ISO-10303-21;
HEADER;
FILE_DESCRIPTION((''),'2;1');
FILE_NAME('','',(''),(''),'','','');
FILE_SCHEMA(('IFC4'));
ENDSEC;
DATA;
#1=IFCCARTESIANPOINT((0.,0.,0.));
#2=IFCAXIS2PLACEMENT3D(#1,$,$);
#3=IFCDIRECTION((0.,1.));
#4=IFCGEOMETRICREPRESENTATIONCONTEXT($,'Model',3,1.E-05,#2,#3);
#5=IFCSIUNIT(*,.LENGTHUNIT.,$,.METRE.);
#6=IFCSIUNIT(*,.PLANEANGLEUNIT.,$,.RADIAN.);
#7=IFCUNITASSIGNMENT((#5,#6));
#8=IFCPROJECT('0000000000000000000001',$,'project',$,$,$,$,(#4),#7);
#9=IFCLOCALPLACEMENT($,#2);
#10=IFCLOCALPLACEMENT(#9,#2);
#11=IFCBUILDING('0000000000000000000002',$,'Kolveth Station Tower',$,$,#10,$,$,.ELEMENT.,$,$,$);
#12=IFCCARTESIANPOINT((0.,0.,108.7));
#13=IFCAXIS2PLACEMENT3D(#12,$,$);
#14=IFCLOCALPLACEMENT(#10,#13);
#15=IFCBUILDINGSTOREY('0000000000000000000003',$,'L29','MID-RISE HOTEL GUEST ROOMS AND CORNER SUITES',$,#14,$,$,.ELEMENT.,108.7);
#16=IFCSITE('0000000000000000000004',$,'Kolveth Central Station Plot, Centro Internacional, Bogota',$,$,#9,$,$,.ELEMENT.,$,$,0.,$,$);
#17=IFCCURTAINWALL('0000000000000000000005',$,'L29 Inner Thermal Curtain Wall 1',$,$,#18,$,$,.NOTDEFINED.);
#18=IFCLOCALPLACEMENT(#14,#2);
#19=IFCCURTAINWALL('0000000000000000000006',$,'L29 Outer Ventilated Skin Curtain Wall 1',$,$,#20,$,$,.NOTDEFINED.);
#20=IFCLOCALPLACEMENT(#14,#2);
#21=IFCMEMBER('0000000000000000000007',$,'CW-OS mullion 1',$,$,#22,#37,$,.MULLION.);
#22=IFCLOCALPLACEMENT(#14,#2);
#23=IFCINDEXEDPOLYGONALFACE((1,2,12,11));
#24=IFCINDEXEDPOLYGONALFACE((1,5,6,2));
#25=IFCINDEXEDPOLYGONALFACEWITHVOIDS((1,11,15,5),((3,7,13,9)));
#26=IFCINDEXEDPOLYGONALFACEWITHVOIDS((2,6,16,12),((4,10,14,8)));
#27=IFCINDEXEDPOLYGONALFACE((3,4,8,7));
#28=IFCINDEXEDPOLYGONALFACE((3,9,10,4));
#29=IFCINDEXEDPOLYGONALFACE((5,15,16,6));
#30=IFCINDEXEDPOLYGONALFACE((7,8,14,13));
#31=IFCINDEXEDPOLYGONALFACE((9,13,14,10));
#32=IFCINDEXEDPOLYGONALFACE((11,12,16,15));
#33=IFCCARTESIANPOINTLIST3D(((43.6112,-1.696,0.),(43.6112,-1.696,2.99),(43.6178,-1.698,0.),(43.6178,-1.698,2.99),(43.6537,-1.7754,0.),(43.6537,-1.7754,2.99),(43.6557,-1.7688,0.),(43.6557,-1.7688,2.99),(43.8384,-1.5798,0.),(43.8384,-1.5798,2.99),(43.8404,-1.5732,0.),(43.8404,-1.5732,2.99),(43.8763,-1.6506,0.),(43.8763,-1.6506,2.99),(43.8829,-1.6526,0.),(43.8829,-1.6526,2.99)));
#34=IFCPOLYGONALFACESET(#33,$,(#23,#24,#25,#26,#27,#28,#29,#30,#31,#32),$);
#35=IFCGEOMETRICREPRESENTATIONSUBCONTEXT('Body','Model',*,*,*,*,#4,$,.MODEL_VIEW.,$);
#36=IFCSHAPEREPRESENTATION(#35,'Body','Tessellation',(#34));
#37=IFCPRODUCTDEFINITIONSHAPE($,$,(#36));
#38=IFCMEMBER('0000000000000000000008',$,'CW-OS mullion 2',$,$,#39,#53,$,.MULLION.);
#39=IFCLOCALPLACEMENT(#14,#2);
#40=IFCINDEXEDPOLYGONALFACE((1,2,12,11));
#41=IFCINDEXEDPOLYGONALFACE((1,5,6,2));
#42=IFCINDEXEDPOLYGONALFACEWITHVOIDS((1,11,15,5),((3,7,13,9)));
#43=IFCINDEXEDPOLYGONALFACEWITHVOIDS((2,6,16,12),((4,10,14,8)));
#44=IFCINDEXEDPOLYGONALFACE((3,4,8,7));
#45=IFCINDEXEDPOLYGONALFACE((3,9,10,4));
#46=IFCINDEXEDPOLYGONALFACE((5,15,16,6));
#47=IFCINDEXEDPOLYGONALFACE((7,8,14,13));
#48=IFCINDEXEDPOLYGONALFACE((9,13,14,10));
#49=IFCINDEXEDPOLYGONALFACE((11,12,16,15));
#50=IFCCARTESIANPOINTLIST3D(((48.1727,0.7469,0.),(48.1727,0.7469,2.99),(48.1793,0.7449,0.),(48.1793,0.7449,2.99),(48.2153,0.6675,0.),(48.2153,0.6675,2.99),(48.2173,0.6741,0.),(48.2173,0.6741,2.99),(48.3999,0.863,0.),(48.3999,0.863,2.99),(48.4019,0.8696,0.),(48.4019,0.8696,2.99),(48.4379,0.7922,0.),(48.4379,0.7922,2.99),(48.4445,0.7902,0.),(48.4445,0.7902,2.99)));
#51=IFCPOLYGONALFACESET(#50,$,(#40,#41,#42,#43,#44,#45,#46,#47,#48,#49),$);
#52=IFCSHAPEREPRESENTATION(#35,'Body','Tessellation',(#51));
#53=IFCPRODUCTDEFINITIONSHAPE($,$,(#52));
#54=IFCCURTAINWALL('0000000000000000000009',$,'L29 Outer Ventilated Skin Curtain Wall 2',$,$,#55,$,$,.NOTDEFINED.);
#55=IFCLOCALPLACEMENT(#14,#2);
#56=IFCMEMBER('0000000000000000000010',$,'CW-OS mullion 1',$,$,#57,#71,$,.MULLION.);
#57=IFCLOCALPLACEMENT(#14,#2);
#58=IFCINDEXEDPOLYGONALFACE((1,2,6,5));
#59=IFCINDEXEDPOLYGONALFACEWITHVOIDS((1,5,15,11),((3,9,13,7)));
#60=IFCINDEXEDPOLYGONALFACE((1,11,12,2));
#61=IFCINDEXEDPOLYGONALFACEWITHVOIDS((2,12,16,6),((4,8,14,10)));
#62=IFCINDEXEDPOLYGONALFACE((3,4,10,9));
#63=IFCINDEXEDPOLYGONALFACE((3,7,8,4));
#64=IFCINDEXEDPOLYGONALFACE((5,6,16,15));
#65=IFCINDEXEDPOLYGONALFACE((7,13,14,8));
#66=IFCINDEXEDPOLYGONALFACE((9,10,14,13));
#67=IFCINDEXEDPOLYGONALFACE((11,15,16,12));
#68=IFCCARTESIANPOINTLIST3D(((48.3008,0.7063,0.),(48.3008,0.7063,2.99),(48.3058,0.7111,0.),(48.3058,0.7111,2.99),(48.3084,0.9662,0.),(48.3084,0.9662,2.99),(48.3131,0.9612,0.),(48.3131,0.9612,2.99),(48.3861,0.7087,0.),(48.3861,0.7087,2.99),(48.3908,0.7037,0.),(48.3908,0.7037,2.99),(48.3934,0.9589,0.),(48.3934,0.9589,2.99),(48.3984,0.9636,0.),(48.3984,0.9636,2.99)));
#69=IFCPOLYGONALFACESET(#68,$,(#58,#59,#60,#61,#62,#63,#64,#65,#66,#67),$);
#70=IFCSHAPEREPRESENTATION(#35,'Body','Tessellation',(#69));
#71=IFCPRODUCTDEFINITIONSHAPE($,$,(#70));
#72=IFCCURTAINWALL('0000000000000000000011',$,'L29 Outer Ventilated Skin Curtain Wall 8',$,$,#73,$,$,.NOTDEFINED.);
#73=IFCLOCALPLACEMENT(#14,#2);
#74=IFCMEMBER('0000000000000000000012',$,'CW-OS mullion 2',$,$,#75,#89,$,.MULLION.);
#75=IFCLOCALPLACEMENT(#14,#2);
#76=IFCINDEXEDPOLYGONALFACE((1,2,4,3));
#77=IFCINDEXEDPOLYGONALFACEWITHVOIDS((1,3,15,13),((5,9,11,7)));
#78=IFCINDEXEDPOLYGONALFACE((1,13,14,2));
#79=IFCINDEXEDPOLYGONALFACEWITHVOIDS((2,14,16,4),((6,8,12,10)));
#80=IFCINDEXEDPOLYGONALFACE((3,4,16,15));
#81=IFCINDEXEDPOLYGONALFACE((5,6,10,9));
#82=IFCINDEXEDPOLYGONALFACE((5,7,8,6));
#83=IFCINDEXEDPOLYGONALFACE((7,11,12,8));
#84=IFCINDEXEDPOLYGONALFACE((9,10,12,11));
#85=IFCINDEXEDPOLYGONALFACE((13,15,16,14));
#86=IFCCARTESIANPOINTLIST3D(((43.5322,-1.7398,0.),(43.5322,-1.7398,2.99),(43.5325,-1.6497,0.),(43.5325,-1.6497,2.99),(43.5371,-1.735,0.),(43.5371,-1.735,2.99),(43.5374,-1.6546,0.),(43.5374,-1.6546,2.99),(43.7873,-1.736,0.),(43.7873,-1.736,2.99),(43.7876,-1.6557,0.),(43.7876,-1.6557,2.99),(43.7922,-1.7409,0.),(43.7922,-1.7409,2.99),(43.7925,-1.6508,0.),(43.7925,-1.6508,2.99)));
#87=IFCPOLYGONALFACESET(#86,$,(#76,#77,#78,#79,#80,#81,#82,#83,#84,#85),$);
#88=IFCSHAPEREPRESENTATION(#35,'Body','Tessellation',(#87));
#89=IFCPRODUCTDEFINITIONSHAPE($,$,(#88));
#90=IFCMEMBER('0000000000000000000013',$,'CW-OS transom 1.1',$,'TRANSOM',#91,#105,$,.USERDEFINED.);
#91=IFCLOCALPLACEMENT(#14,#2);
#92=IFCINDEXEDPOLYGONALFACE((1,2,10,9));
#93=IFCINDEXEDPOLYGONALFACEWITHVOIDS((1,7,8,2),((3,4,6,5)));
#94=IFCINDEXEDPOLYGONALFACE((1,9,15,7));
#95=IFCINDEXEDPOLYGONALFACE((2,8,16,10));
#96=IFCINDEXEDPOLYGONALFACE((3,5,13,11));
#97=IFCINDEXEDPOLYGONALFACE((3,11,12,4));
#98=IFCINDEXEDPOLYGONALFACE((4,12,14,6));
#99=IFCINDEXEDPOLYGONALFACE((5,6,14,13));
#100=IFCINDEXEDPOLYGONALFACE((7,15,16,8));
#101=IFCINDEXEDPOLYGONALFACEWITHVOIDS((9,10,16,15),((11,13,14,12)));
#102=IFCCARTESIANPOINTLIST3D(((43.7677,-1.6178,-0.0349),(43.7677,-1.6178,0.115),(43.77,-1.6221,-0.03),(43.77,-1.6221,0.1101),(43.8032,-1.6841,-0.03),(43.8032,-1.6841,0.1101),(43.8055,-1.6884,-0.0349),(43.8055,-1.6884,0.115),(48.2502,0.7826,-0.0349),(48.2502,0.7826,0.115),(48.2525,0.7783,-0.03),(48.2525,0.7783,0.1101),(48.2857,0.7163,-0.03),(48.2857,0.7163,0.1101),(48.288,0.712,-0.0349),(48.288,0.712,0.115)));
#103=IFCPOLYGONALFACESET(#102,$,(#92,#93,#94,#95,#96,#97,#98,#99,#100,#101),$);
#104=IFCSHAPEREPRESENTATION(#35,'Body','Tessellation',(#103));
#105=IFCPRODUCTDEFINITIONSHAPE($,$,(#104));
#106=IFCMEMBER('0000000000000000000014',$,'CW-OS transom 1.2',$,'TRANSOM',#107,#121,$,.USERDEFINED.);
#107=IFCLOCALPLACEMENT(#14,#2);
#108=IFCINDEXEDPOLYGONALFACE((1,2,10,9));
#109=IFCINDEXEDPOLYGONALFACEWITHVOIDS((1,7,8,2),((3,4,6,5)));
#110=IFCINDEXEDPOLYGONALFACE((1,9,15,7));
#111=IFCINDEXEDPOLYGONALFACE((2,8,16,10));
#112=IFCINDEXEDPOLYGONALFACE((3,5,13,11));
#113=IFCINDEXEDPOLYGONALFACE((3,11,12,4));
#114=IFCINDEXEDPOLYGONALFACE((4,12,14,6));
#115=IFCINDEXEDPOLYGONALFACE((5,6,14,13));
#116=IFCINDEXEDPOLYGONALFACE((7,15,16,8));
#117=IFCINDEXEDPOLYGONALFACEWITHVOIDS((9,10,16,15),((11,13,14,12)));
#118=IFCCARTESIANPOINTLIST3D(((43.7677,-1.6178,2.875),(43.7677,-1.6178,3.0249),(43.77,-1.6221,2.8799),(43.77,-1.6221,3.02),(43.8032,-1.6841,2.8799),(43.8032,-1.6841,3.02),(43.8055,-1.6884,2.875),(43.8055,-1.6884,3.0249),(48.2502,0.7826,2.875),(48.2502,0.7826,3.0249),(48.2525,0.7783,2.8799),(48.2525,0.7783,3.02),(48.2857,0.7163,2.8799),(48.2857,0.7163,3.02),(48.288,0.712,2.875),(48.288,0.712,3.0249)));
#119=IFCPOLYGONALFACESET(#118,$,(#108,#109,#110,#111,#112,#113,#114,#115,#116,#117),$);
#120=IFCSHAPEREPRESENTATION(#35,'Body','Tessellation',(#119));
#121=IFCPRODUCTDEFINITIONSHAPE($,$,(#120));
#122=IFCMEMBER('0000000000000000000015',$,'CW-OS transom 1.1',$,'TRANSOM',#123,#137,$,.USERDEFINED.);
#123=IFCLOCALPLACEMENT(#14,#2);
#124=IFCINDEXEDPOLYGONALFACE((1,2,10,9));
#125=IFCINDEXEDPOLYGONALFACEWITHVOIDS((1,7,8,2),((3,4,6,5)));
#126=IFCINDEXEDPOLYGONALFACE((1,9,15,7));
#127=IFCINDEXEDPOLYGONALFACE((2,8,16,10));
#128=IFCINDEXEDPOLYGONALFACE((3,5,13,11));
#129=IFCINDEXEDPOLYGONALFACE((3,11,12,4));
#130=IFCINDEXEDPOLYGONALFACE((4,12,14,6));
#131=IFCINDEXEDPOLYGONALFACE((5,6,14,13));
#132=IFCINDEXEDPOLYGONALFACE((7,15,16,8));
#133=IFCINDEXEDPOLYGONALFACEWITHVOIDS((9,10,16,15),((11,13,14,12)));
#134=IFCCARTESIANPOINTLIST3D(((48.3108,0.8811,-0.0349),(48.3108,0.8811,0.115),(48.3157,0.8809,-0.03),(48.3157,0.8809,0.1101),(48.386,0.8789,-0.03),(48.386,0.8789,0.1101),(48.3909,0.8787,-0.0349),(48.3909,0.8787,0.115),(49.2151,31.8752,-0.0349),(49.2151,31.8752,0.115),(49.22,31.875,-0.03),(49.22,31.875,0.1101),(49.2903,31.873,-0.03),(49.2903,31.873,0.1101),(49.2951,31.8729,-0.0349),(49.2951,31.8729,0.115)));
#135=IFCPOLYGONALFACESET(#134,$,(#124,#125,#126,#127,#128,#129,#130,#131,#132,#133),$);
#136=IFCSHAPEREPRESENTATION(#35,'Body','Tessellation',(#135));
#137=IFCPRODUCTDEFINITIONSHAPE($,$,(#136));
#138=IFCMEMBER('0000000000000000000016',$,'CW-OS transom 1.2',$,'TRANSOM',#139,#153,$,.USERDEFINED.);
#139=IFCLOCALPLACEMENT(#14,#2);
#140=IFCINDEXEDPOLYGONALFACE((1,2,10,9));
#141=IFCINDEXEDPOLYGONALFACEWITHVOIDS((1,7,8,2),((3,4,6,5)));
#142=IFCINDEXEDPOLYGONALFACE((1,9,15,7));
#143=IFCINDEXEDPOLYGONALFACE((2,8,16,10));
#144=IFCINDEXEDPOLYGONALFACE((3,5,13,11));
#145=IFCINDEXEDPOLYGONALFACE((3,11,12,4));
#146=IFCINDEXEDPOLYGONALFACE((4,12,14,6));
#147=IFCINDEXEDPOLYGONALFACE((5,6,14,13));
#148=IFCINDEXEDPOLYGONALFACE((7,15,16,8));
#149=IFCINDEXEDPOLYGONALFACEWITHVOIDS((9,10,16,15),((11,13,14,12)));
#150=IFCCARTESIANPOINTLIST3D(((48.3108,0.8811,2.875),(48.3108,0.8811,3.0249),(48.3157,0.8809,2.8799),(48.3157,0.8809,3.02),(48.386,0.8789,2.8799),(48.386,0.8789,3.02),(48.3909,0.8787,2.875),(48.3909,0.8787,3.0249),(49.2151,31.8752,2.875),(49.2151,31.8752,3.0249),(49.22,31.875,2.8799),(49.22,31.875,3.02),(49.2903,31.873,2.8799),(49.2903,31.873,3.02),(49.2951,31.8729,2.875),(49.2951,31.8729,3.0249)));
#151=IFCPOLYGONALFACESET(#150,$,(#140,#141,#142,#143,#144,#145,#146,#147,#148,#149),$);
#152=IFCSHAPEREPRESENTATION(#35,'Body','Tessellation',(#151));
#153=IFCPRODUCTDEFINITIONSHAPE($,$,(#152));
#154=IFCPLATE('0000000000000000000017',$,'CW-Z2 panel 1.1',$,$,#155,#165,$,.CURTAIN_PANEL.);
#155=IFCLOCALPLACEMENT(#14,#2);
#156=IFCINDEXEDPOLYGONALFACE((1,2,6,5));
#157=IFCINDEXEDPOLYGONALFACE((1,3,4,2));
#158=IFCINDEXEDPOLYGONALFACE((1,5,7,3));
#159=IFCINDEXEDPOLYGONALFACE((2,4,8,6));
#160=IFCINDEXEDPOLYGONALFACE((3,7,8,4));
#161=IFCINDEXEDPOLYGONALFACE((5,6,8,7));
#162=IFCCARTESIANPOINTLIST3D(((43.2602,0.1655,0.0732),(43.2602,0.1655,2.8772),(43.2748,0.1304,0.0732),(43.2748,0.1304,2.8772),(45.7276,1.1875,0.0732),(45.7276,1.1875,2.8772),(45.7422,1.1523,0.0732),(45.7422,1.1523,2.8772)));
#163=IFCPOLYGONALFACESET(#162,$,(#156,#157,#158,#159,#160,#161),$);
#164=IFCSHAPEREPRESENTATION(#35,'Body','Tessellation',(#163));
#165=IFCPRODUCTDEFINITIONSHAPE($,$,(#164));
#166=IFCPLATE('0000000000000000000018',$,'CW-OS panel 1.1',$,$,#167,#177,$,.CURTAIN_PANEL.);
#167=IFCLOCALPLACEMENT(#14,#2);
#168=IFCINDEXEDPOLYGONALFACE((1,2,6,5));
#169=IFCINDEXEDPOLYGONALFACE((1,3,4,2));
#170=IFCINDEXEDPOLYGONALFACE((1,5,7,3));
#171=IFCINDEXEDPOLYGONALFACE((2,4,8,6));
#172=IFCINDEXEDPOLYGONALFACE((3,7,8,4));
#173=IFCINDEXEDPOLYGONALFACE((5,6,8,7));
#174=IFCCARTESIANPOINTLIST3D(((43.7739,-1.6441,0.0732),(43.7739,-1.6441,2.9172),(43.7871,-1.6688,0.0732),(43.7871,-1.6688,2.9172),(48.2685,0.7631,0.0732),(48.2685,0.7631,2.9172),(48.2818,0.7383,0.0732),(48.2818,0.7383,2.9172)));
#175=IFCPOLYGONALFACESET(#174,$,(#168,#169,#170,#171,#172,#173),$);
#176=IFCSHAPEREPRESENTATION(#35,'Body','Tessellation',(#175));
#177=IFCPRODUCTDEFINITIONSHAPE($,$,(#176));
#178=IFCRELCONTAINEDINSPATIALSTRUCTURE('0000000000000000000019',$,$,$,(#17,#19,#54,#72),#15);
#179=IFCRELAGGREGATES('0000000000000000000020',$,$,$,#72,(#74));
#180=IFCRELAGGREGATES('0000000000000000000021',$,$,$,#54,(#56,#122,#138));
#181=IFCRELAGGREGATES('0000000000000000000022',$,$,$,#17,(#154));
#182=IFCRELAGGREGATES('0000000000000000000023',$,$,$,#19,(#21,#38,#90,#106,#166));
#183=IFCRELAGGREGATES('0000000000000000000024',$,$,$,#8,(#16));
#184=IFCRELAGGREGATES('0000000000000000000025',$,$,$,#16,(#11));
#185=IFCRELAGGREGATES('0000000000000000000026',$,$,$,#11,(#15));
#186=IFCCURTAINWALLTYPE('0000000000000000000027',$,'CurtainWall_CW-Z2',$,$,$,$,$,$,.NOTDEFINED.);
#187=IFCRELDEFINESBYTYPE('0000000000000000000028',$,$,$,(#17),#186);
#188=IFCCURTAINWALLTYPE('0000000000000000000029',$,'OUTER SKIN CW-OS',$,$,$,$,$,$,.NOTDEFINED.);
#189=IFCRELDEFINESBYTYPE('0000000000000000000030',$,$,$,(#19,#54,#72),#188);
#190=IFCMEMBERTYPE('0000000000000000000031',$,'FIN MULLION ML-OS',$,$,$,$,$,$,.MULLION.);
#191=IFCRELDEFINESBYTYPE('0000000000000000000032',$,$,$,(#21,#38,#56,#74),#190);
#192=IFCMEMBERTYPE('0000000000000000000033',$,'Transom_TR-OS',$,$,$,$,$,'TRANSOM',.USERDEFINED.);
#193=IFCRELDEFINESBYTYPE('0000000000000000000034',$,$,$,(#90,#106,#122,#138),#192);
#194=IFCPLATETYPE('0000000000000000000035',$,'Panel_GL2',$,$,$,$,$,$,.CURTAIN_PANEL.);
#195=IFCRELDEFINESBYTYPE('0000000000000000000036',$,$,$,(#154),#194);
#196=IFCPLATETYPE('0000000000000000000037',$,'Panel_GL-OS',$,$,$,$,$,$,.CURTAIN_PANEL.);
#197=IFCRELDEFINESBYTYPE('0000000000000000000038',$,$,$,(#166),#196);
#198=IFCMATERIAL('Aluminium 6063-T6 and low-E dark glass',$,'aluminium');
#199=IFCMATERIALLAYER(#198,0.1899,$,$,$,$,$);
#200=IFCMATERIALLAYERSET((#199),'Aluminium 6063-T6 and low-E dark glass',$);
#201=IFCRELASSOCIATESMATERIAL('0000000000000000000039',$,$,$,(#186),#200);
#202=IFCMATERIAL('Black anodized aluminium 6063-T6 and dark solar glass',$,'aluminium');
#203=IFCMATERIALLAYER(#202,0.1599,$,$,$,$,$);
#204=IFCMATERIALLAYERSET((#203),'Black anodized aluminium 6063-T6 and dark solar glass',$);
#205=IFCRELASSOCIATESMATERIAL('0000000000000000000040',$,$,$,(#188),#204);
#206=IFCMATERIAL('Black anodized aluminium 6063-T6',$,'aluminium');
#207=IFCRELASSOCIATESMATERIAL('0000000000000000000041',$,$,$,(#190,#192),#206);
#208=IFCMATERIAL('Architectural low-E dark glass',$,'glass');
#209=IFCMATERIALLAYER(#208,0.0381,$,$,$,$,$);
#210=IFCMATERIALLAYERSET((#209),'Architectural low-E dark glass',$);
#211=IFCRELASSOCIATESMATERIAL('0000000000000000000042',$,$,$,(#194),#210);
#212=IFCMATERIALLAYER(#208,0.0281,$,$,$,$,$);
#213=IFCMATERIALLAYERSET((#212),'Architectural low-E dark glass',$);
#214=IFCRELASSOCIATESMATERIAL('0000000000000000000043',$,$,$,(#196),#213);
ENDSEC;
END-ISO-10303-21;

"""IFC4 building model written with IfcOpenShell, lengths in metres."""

from ifc_helpers import new_model, si_unit, direction, frame, origin, origin_2d, place, context, subcontext, project, spatial, rectangle, hollow_rectangle, extrude, source, transform, mapped, material, layer, layer_set, material_profile, profile_set, type_object, element, aggregate, save


model = new_model("IFC4")

# Units and contexts
model_context = context("Model", 3, precision=1e-05, world=origin(), true_north=direction((0.0, 1.0)))
body_context = subcontext(model_context, "Body", "Model", "MODEL_VIEW")
ifc_project = project(units=[si_unit("LENGTHUNIT", "METRE"), si_unit("PLANEANGLEUNIT", "RADIAN")], contexts=[model_context])

# Site, building, storey
site_placement = place(None, origin())
site = spatial("IfcSite", under=ifc_project, at=site_placement, Name="Kolveth Central Station Plot, Centro Internacional, Bogota", CompositionType="ELEMENT", RefElevation=0.0)
building_placement = place(site_placement, origin())
building = spatial("IfcBuilding", under=site, at=building_placement, Name="Kolveth Station Tower", CompositionType="ELEMENT")
storey_placement = place(building_placement, frame((0.0, 0.0, 108.7)))
storey = spatial("IfcBuildingStorey", under=building, at=storey_placement, Name="L29", Description="MID-RISE HOTEL GUEST ROOMS AND CORNER SUITES", CompositionType="ELEMENT", Elevation=108.7)

# Curtain wall
ifc_material_1 = material(Name="Aluminium 6063-T6 and low-E dark glass", Category="aluminium")
ifc_layer_1 = layer(ifc_material_1, 0.1899)
ifc_layer_set_1 = layer_set([ifc_layer_1], Name="Aluminium 6063-T6 and low-E dark glass")
curtain_wall_type_1 = type_object("IfcCurtainWallType", Name="CurtainWall_CW-Z2", PredefinedType="NOTDEFINED", material=ifc_layer_set_1)
curtain_wall_1_placement = place(storey_placement, origin())
curtain_wall_1 = element("IfcCurtainWall", 1, at=curtain_wall_1_placement, inside=storey, type_object=curtain_wall_type_1, Name="L29 Inner Thermal Curtain Wall 1", PredefinedType="NOTDEFINED")
ifc_material_2 = material(Name="Black anodized aluminium 6063-T6", Category="aluminium")

# Curtain wall, members
ifc_material_3 = material(Name="Black anodized aluminium 6063-T6 and dark solar glass", Category="aluminium")
ifc_layer_2 = layer(ifc_material_3, 0.1599)
ifc_layer_set_2 = layer_set([ifc_layer_2], Name="Black anodized aluminium 6063-T6 and dark solar glass")
curtain_wall_type_2 = type_object("IfcCurtainWallType", Name="OUTER SKIN CW-OS", PredefinedType="NOTDEFINED", material=ifc_layer_set_2)
curtain_wall_2_placement = place(storey_placement, origin())
curtain_wall_2 = element("IfcCurtainWall", 2, at=curtain_wall_2_placement, inside=storey, type_object=curtain_wall_type_2, Name="L29 Outer Ventilated Skin Curtain Wall 1", PredefinedType="NOTDEFINED")
ifc_material_profile_1 = material_profile(ifc_material_2, hollow_rectangle(XDim=0.0901, YDim=0.26, WallThickness=0.0049, at=origin_2d()), Name="ALU-90x260x5")
ifc_profile_set_1 = profile_set([ifc_material_profile_1], Name="Black anodized aluminium 6063-T6")
member_type_1 = type_object("IfcMemberType", Name="FIN MULLION ML-OS", PredefinedType="MULLION", material=ifc_profile_set_1)
shared_shape_1 = source(origin(), body_context, "Body", "SweptSolid", [
    extrude(hollow_rectangle(XDim=0.0901, YDim=0.26, WallThickness=0.0049, at=origin_2d()), origin(), (0.0, 0.0, 1.0), 2.99),
])
member_1_placement = place(storey_placement, frame((43.7471, -1.6743, 0.0), z_axis=(0.0, 0.0, 1.0), x_axis=(-0.472119, 0.881535, 0.0)))
member_1 = element("IfcMember", 3, at=member_1_placement, type_object=member_type_1, Name="CW-OS mullion 1", PredefinedType="MULLION", context=body_context, shape_type="MappedRepresentation", body=[
    mapped(shared_shape_1, transform((0.0, 0.0, 0.0), x_axis=(1.0, 0.0, 0.0), y_axis=(0.0, 1.0, 0.0), z_axis=(0.0, 0.0, 1.0), scale=1.0)),
])
member_2_placement = place(storey_placement, frame((48.3086, 0.7686, 0.0), z_axis=(0.0, 0.0, 1.0), x_axis=(-0.472119, 0.881535, 0.0)))
member_2 = element("IfcMember", 4, at=member_2_placement, type_object=member_type_1, Name="CW-OS mullion 2", PredefinedType="MULLION", context=body_context, shape_type="MappedRepresentation", body=[
    mapped(shared_shape_1, transform((0.0, 0.0, 0.0), x_axis=(1.0, 0.0, 0.0), y_axis=(0.0, 1.0, 0.0), z_axis=(0.0, 0.0, 1.0), scale=1.0)),
])

# Curtain walls, members
curtain_wall_3_placement = place(storey_placement, origin())
curtain_wall_3 = element("IfcCurtainWall", 5, at=curtain_wall_3_placement, inside=storey, type_object=curtain_wall_type_2, Name="L29 Outer Ventilated Skin Curtain Wall 2", PredefinedType="NOTDEFINED")
member_3_placement = place(storey_placement, frame((48.3496, 0.835, 0.0), z_axis=(0.0, 0.0, 1.0), x_axis=(-0.999575, 0.029159, 0.0)))
member_3 = element("IfcMember", 6, at=member_3_placement, type_object=member_type_1, Name="CW-OS mullion 1", PredefinedType="MULLION", context=body_context, shape_type="MappedRepresentation", body=[
    mapped(shared_shape_1, transform((0.0, 0.0, 0.0), x_axis=(1.0, 0.0, 0.0), y_axis=(0.0, 1.0, 0.0), z_axis=(0.0, 0.0, 1.0), scale=1.0)),
])
curtain_wall_4_placement = place(storey_placement, origin())
curtain_wall_4 = element("IfcCurtainWall", 7, at=curtain_wall_4_placement, inside=storey, type_object=curtain_wall_type_2, Name="L29 Outer Ventilated Skin Curtain Wall 8", PredefinedType="NOTDEFINED")
member_4_placement = place(storey_placement, frame((43.6624, -1.6953, 0.0), z_axis=(0.0, 0.0, 1.0), x_axis=(0.004106, 0.999992, 0.0)))
member_4 = element("IfcMember", 8, at=member_4_placement, type_object=member_type_1, Name="CW-OS mullion 2", PredefinedType="MULLION", context=body_context, shape_type="MappedRepresentation", body=[
    mapped(shared_shape_1, transform((0.0, 0.0, 0.0), x_axis=(1.0, 0.0, 0.0), y_axis=(0.0, 1.0, 0.0), z_axis=(0.0, 0.0, 1.0), scale=1.0)),
])
aggregate(curtain_wall_4, [member_4])

# Members
ifc_material_profile_2 = material_profile(ifc_material_2, hollow_rectangle(XDim=0.0801, YDim=0.1499, WallThickness=0.0049, at=origin_2d()), Name="ALU-80x150x5")
ifc_profile_set_2 = profile_set([ifc_material_profile_2], Name="Black anodized aluminium 6063-T6")
member_type_2 = type_object("IfcMemberType", Name="Transom_TR-OS", ElementType="TRANSOM", PredefinedType="USERDEFINED", material=ifc_profile_set_2)
shared_shape_2 = source(origin(), body_context, "Body", "SweptSolid", [
    extrude(hollow_rectangle(XDim=0.0801, YDim=0.1499, WallThickness=0.0049, at=origin_2d()), origin(), (0.0, 0.0, 1.0), 5.0847),
])
member_5_placement = place(storey_placement, frame((43.7866, -1.6531, 0.04), z_axis=(0.881554, 0.472083, 0.0), x_axis=(-0.472083, 0.881554, 0.0)))
member_5 = element("IfcMember", 9, at=member_5_placement, type_object=member_type_2, Name="CW-OS transom 1.1", ObjectType="TRANSOM", PredefinedType="USERDEFINED", context=body_context, shape_type="MappedRepresentation", body=[
    mapped(shared_shape_2, transform((0.0, 0.0, 0.0), x_axis=(1.0, 0.0, 0.0), y_axis=(0.0, 1.0, 0.0), z_axis=(0.0, 0.0, 1.0), scale=1.0)),
])
member_6_placement = place(storey_placement, frame((43.7866, -1.6531, 2.95), z_axis=(0.881554, 0.472083, 0.0), x_axis=(-0.472083, 0.881554, 0.0)))
member_6 = element("IfcMember", 10, at=member_6_placement, type_object=member_type_2, Name="CW-OS transom 1.2", ObjectType="TRANSOM", PredefinedType="USERDEFINED", context=body_context, shape_type="MappedRepresentation", body=[
    mapped(shared_shape_2, transform((0.0, 0.0, 0.0), x_axis=(1.0, 0.0, 0.0), y_axis=(0.0, 1.0, 0.0), z_axis=(0.0, 0.0, 1.0), scale=1.0)),
])
shared_shape_3 = source(origin(), body_context, "Body", "SweptSolid", [
    extrude(hollow_rectangle(XDim=0.0801, YDim=0.1499, WallThickness=0.0049, at=origin_2d()), origin(), (0.0, 0.0, 1.0), 31.0073),
])
member_7_placement = place(storey_placement, frame((48.3508, 0.8799, 0.04), z_axis=(0.029164, 0.999575, 0.0), x_axis=(-0.999575, 0.029164, 0.0)))
member_7 = element("IfcMember", 11, at=member_7_placement, type_object=member_type_2, Name="CW-OS transom 1.1", ObjectType="TRANSOM", PredefinedType="USERDEFINED", context=body_context, shape_type="MappedRepresentation", body=[
    mapped(shared_shape_3, transform((0.0, 0.0, 0.0), x_axis=(1.0, 0.0, 0.0), y_axis=(0.0, 1.0, 0.0), z_axis=(0.0, 0.0, 1.0), scale=1.0)),
])
member_8_placement = place(storey_placement, frame((48.3508, 0.8799, 2.95), z_axis=(0.029164, 0.999575, 0.0), x_axis=(-0.999575, 0.029164, 0.0)))
member_8 = element("IfcMember", 12, at=member_8_placement, type_object=member_type_2, Name="CW-OS transom 1.2", ObjectType="TRANSOM", PredefinedType="USERDEFINED", context=body_context, shape_type="MappedRepresentation", body=[
    mapped(shared_shape_3, transform((0.0, 0.0, 0.0), x_axis=(1.0, 0.0, 0.0), y_axis=(0.0, 1.0, 0.0), z_axis=(0.0, 0.0, 1.0), scale=1.0)),
])
aggregate(curtain_wall_3, [member_3, member_7, member_8])

# Plates
ifc_material_4 = material(Name="Architectural low-E dark glass", Category="glass")
ifc_layer_3 = layer(ifc_material_4, 0.0381)
ifc_layer_set_3 = layer_set([ifc_layer_3], Name="Architectural low-E dark glass")
plate_type_1 = type_object("IfcPlateType", Name="Panel_GL2", PredefinedType="CURTAIN_PANEL", material=ifc_layer_set_3)
shared_shape_4 = source(origin(), body_context, "Body", "SweptSolid", [
    extrude(rectangle(XDim=2.6707, YDim=0.0381, at=origin_2d()), origin(), (0.0, 0.0, 1.0), 2.804),
])
plate_1_placement = place(storey_placement, frame((44.5012, 0.6589, 0.0732), z_axis=(0.0, 0.0, 1.0), x_axis=(0.923888, 0.382663, 0.0)))
plate_1 = element("IfcPlate", 13, at=plate_1_placement, type_object=plate_type_1, Name="CW-Z2 panel 1.1", PredefinedType="CURTAIN_PANEL", context=body_context, shape_type="MappedRepresentation", body=[
    mapped(shared_shape_4, transform((0.0, 0.0, 0.0), x_axis=(1.0, 0.0, 0.0), y_axis=(0.0, 1.0, 0.0), z_axis=(0.0, 0.0, 1.0), scale=1.0)),
])
aggregate(curtain_wall_1, [plate_1])
ifc_layer_4 = layer(ifc_material_4, 0.0281)
ifc_layer_set_4 = layer_set([ifc_layer_4], Name="Architectural low-E dark glass")
plate_type_2 = type_object("IfcPlateType", Name="Panel_GL-OS", PredefinedType="CURTAIN_PANEL", material=ifc_layer_set_4)
shared_shape_5 = source(origin(), body_context, "Body", "SweptSolid", [
    extrude(rectangle(XDim=5.0986, YDim=0.0281, at=origin_2d()), origin(), (0.0, 0.0, 1.0), 2.844),
])
plate_2_placement = place(storey_placement, frame((46.0278, -0.4529, 0.0732), z_axis=(0.0, 0.0, 1.0), x_axis=(0.881535, 0.472119, 0.0)))
plate_2 = element("IfcPlate", 14, at=plate_2_placement, type_object=plate_type_2, Name="CW-OS panel 1.1", PredefinedType="CURTAIN_PANEL", context=body_context, shape_type="MappedRepresentation", body=[
    mapped(shared_shape_5, transform((0.0, 0.0, 0.0), x_axis=(1.0, 0.0, 0.0), y_axis=(0.0, 1.0, 0.0), z_axis=(0.0, 0.0, 1.0), scale=1.0)),
])
aggregate(curtain_wall_2, [member_1, member_2, member_5, member_6, plate_2])

save(model, "model.ifc")
